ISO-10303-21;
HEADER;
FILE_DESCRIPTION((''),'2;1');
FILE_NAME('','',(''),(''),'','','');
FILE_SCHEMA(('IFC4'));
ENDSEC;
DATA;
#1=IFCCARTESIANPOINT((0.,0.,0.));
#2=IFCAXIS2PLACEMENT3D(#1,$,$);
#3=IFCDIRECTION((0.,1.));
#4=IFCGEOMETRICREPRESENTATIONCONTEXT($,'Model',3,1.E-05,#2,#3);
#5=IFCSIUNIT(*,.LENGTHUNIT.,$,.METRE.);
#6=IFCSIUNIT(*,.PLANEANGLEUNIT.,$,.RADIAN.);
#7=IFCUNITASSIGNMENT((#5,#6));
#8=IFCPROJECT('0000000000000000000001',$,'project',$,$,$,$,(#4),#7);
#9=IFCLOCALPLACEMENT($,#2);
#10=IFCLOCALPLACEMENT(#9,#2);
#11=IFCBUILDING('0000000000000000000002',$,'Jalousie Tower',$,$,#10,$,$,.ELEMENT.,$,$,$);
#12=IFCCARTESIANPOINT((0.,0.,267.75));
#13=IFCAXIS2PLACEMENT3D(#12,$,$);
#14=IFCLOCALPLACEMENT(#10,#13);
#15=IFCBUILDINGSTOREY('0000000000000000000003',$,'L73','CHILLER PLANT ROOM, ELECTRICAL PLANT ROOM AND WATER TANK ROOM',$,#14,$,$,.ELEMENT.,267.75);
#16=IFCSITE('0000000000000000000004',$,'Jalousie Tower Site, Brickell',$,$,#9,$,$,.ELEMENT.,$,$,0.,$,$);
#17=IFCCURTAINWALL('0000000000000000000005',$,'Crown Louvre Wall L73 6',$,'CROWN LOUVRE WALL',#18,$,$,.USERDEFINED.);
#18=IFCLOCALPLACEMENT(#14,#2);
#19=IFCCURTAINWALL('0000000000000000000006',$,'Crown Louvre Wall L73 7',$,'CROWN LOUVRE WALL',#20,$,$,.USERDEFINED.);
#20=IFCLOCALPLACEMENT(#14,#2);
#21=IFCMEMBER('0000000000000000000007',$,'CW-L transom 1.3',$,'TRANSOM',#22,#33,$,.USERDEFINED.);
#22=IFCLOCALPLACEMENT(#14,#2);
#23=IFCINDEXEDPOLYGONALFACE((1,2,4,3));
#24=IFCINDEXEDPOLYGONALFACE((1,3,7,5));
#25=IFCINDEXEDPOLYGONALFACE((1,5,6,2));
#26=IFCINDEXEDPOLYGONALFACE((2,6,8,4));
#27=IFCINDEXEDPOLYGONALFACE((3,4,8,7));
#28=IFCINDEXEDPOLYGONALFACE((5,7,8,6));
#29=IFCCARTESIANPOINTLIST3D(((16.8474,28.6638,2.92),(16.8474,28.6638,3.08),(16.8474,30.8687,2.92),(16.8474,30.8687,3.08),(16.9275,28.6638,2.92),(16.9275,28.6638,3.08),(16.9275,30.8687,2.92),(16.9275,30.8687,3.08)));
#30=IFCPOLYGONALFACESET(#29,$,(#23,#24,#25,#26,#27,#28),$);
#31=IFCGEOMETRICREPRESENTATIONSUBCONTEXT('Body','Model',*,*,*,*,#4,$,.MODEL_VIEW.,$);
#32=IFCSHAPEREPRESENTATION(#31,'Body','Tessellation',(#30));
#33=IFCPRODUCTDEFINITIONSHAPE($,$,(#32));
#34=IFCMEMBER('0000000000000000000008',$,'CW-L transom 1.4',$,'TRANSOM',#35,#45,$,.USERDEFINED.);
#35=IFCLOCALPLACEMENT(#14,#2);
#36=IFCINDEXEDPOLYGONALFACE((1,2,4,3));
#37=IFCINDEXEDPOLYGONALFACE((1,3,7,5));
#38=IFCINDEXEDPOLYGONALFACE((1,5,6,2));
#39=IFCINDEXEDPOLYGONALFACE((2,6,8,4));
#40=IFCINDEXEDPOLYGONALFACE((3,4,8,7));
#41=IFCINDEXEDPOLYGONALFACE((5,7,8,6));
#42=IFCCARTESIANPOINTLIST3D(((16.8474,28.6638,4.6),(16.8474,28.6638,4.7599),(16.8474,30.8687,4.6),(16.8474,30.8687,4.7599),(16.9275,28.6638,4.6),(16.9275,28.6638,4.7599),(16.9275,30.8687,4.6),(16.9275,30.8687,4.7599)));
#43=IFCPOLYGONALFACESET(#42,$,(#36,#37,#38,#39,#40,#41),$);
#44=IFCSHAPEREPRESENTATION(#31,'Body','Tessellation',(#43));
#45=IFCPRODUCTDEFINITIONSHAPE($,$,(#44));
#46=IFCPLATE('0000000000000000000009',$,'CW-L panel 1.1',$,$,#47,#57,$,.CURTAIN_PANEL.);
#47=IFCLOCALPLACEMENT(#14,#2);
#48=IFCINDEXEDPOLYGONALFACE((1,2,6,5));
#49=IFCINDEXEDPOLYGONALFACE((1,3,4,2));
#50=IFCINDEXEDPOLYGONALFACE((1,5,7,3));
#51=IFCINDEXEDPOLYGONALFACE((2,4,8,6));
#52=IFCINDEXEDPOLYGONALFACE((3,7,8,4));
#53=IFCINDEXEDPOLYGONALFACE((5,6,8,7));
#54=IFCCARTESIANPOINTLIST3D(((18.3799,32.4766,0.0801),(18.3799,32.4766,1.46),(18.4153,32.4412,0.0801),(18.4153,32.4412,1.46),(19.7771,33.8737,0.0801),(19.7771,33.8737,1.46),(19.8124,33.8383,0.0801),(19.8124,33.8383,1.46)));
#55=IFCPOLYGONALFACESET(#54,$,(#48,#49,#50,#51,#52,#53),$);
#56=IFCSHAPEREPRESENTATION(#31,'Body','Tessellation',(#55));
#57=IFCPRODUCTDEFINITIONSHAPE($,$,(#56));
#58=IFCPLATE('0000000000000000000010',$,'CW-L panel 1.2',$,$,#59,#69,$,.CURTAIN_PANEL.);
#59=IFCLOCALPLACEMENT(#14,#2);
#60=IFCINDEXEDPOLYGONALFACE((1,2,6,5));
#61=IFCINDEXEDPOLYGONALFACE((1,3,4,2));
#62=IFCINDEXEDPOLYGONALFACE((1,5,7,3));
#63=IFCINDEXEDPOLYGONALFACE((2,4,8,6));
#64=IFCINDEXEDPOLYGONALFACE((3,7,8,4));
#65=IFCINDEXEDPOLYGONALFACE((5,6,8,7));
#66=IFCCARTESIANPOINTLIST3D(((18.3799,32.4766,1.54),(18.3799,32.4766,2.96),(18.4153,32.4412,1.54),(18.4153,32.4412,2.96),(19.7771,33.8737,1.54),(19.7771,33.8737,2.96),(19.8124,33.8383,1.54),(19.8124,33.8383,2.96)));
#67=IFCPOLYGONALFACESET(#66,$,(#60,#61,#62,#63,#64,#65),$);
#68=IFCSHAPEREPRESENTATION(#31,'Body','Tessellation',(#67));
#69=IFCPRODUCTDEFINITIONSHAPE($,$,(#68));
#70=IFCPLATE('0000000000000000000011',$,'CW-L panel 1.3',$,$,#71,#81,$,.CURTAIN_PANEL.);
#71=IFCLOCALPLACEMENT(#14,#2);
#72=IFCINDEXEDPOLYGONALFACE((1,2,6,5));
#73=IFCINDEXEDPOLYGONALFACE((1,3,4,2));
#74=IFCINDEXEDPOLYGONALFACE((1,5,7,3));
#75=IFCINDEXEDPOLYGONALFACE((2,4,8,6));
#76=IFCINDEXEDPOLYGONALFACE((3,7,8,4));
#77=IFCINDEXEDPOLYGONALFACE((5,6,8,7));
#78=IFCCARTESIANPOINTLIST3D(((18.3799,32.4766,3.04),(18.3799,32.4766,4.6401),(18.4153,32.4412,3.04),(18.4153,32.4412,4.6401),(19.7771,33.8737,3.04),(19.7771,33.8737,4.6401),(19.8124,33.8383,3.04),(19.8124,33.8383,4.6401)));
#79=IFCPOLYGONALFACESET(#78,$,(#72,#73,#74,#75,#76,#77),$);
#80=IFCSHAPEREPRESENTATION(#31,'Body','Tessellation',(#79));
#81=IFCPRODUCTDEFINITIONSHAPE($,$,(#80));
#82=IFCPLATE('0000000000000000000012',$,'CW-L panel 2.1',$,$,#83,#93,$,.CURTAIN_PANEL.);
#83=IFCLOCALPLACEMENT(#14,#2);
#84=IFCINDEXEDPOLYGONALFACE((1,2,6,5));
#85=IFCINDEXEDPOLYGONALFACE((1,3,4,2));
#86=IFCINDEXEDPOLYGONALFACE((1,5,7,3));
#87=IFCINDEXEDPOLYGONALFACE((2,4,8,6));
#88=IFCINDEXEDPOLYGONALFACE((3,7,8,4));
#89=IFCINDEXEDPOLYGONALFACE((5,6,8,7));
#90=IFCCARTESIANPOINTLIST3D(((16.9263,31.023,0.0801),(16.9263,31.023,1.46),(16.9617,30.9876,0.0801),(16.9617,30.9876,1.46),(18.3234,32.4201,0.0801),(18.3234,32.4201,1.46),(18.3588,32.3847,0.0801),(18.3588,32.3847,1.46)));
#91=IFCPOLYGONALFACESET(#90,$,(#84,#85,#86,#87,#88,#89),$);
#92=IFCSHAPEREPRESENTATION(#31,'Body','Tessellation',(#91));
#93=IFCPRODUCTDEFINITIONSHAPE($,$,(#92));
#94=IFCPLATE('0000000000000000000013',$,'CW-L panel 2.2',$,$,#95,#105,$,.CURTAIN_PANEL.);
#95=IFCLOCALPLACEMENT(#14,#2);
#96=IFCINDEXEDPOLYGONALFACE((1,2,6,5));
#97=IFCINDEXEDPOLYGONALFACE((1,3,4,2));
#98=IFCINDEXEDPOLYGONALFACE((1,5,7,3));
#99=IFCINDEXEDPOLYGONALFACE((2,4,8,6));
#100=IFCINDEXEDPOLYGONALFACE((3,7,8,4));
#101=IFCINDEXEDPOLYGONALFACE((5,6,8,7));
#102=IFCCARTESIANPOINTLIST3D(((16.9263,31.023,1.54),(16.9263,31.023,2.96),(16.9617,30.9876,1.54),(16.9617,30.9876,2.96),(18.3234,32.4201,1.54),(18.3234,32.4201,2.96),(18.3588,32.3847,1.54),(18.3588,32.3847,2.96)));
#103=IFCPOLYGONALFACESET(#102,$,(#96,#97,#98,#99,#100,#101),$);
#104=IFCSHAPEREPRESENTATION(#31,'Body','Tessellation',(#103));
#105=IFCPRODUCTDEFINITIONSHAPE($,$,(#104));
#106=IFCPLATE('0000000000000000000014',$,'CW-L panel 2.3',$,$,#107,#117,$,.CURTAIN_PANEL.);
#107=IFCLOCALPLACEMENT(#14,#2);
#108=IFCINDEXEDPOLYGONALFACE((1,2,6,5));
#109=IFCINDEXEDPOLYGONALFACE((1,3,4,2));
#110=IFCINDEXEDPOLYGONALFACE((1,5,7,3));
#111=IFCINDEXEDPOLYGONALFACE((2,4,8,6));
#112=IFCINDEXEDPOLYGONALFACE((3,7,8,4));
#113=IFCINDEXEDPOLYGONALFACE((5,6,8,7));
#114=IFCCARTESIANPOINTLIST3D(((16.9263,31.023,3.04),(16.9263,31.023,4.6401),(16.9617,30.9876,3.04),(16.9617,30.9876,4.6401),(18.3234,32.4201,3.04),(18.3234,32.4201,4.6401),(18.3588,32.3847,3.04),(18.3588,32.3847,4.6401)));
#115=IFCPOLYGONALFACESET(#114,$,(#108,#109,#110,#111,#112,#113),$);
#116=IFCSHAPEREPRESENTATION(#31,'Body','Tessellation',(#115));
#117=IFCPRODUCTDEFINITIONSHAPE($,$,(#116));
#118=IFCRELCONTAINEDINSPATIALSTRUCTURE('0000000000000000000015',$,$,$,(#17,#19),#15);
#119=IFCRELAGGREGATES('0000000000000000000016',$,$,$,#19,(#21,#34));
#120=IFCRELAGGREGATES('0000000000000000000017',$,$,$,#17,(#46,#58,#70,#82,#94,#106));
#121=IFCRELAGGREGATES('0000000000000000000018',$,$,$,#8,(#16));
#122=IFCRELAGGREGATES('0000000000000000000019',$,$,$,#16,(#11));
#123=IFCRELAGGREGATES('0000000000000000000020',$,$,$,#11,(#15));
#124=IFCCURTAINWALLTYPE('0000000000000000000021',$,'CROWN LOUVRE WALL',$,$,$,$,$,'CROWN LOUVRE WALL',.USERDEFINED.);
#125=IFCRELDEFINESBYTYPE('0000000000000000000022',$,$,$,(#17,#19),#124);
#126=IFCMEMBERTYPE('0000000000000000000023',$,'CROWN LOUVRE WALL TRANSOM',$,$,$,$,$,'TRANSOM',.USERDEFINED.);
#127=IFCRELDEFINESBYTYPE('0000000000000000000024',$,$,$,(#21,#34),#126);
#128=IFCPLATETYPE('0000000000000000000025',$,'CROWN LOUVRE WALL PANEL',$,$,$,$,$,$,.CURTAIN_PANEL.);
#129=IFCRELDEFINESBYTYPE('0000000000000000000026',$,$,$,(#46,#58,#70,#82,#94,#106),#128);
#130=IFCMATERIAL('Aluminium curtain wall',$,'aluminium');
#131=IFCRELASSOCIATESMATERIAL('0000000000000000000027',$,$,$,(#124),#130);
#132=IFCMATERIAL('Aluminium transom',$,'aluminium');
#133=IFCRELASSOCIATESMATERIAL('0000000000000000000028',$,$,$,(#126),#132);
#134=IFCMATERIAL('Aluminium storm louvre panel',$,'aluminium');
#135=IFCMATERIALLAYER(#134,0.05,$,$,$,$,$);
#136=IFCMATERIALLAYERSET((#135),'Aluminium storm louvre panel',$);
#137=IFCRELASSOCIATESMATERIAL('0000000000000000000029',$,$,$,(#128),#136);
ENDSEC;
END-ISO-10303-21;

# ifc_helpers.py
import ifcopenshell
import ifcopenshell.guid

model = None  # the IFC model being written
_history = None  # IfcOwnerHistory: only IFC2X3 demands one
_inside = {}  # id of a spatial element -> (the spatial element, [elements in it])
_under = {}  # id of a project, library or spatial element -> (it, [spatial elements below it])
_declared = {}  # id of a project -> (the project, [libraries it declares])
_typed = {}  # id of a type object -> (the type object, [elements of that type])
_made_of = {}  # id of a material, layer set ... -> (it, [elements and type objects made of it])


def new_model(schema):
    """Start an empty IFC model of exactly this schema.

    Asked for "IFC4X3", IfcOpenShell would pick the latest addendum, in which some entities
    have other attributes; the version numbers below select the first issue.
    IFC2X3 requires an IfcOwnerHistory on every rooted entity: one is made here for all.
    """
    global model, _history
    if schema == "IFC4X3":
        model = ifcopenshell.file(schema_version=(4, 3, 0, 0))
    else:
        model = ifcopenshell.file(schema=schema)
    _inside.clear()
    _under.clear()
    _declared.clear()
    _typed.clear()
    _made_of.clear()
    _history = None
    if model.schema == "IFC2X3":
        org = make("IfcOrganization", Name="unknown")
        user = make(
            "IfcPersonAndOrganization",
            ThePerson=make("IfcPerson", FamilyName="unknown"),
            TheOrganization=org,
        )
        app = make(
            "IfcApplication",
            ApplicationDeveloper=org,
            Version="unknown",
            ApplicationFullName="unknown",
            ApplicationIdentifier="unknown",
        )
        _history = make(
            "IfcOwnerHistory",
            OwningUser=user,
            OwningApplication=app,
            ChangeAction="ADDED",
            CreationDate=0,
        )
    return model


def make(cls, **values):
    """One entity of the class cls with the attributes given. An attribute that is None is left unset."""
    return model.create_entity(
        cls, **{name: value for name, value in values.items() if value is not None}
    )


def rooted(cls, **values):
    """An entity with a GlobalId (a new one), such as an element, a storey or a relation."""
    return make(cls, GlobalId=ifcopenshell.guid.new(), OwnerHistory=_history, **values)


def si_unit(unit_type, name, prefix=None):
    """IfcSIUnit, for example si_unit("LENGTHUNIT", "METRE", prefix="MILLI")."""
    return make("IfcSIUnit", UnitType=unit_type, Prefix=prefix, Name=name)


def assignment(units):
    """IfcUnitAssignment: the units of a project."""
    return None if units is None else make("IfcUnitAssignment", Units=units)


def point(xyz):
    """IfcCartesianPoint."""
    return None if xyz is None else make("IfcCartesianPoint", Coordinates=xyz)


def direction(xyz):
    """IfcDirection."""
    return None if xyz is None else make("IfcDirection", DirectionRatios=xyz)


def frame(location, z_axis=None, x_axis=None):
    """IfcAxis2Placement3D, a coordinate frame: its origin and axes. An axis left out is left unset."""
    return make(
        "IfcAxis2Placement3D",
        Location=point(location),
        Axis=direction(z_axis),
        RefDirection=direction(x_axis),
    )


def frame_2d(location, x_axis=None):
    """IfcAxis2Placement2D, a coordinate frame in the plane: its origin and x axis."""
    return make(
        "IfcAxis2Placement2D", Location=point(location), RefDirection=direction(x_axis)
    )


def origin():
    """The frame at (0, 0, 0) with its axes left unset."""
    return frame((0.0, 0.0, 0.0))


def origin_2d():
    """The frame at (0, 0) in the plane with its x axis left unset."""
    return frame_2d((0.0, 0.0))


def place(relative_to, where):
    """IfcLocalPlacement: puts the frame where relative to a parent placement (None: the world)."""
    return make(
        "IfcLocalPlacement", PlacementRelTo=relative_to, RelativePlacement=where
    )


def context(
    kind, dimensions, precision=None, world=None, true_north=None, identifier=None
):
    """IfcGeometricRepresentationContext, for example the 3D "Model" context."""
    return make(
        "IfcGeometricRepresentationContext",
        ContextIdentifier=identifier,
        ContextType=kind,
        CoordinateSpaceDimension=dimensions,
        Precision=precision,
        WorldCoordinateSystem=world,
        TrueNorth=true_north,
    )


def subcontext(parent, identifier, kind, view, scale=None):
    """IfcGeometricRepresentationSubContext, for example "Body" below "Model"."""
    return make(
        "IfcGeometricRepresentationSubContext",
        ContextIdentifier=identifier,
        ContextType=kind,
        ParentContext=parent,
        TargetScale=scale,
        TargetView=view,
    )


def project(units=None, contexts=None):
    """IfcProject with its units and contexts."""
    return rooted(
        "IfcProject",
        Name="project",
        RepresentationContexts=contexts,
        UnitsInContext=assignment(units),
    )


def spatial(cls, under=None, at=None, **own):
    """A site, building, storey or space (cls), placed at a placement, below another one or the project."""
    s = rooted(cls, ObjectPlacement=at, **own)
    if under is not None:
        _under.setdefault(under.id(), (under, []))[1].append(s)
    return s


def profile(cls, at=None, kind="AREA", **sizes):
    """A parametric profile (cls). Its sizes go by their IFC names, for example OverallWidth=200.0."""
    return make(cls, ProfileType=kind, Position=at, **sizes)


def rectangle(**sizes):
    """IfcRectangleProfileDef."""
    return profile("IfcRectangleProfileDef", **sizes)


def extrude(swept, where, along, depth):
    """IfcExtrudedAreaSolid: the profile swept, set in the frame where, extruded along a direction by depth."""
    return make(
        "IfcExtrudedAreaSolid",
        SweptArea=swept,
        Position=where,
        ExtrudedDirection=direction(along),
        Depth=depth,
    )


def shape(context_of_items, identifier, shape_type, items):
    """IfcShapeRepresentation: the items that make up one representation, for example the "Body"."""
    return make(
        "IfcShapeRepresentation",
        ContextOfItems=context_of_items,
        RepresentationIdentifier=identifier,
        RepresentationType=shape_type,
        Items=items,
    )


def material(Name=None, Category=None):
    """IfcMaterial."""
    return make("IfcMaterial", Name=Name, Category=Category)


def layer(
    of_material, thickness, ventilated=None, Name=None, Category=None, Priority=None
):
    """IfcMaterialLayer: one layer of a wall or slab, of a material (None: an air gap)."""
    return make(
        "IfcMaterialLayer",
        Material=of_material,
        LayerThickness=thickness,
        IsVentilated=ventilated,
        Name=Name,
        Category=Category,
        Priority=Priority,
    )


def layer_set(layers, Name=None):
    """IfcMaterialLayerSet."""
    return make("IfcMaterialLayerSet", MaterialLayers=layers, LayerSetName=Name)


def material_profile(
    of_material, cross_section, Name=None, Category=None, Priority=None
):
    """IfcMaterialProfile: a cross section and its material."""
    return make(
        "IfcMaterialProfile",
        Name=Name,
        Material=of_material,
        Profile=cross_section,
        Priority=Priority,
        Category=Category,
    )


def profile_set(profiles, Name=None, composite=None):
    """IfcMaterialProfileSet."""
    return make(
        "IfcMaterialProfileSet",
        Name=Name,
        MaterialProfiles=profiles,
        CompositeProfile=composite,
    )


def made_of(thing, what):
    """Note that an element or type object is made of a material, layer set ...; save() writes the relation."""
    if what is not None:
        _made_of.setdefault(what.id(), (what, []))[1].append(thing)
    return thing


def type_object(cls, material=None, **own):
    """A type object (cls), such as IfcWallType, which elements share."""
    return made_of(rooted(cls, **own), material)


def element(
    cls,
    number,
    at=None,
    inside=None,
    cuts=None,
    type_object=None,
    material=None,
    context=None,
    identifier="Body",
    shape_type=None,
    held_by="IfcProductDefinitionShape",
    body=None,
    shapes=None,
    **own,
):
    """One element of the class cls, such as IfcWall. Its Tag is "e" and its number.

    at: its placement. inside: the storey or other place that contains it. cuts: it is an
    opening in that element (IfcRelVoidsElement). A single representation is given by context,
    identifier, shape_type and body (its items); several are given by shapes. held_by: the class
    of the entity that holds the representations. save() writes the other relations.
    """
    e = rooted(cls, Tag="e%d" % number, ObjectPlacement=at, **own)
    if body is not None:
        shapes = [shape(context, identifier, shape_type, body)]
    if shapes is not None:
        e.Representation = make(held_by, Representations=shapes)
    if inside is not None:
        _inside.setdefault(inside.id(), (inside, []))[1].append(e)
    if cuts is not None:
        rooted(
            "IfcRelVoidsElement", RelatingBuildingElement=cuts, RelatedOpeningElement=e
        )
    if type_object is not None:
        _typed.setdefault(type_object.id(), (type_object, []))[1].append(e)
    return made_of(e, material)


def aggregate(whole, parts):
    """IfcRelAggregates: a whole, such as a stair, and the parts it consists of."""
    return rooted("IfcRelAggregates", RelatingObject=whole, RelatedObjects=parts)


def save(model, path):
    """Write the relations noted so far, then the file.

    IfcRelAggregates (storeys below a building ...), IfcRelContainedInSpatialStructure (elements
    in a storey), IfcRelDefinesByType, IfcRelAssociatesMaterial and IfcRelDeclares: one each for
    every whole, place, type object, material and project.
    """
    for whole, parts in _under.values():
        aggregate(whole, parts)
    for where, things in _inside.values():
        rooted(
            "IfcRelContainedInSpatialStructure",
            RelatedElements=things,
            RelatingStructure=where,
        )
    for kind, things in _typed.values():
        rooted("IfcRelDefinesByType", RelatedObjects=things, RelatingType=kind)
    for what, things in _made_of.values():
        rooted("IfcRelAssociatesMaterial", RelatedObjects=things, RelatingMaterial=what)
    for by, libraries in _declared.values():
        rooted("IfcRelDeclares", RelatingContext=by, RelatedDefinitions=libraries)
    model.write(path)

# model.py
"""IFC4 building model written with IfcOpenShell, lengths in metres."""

from ifc_helpers import new_model, si_unit, direction, frame, origin, origin_2d, place, context, subcontext, project, spatial, rectangle, extrude, material, layer, layer_set, material_profile, profile_set, type_object, element, aggregate, save


model = new_model("IFC4")

# Units and contexts
model_context = context("Model", 3, precision=1e-05, world=origin(), true_north=direction((0.0, 1.0)))
body_context = subcontext(model_context, "Body", "Model", "MODEL_VIEW")
ifc_project = project(units=[si_unit("LENGTHUNIT", "METRE"), si_unit("PLANEANGLEUNIT", "RADIAN")], contexts=[model_context])

# Site, building, storey
site_placement = place(None, origin())
site = spatial("IfcSite", under=ifc_project, at=site_placement, Name="Jalousie Tower Site, Brickell", CompositionType="ELEMENT", RefElevation=0.0)
building_placement = place(site_placement, origin())
building = spatial("IfcBuilding", under=site, at=building_placement, Name="Jalousie Tower", CompositionType="ELEMENT")
storey_placement = place(building_placement, frame((0.0, 0.0, 267.75)))
storey = spatial("IfcBuildingStorey", under=building, at=storey_placement, Name="L73", Description="CHILLER PLANT ROOM, ELECTRICAL PLANT ROOM AND WATER TANK ROOM", CompositionType="ELEMENT", Elevation=267.75)

# Shared definitions
ifc_material_1 = material(Name="Aluminium curtain wall", Category="aluminium")
curtain_wall_type = type_object("IfcCurtainWallType", Name="CROWN LOUVRE WALL", ElementType="CROWN LOUVRE WALL", PredefinedType="USERDEFINED", material=ifc_material_1)

# Curtain wall
curtain_wall_1_placement = place(storey_placement, origin())
curtain_wall_1 = element("IfcCurtainWall", 1, at=curtain_wall_1_placement, inside=storey, type_object=curtain_wall_type, Name="Crown Louvre Wall L73 6", ObjectType="CROWN LOUVRE WALL", PredefinedType="USERDEFINED")

# Curtain wall
curtain_wall_2_placement = place(storey_placement, origin())
curtain_wall_2 = element("IfcCurtainWall", 2, at=curtain_wall_2_placement, inside=storey, type_object=curtain_wall_type, Name="Crown Louvre Wall L73 7", ObjectType="CROWN LOUVRE WALL", PredefinedType="USERDEFINED")

# Members
ifc_material_2 = material(Name="Aluminium transom", Category="aluminium")
ifc_material_profile_1 = material_profile(ifc_material_2, rectangle(XDim=0.0801, YDim=0.1599, at=origin_2d()), Name="TRANSOM 80x160")
ifc_profile_set_1 = profile_set([ifc_material_profile_1], Name="Aluminium transom")
member_type_1 = type_object("IfcMemberType", Name="CROWN LOUVRE WALL TRANSOM", ElementType="TRANSOM", PredefinedType="USERDEFINED", material=ifc_profile_set_1)
member_1_placement = place(storey_placement, frame((16.8875, 30.8687, 3.0), z_axis=(0.0, -1.0, 0.0), x_axis=(1.0, 0.0, 0.0)))
member_1 = element("IfcMember", 3, at=member_1_placement, type_object=member_type_1, Name="CW-L transom 1.3", ObjectType="TRANSOM", PredefinedType="USERDEFINED", context=body_context, shape_type="SweptSolid", body=[
    extrude(rectangle(XDim=0.0801, YDim=0.1599, at=origin_2d()), origin(), (0.0, 0.0, 1.0), 2.2048),
])
member_2_placement = place(storey_placement, frame((16.8875, 30.8687, 4.6799), z_axis=(0.0, -1.0, 0.0), x_axis=(1.0, 0.0, 0.0)))
member_2 = element("IfcMember", 4, at=member_2_placement, type_object=member_type_1, Name="CW-L transom 1.4", ObjectType="TRANSOM", PredefinedType="USERDEFINED", context=body_context, shape_type="SweptSolid", body=[
    extrude(rectangle(XDim=0.0801, YDim=0.1599, at=origin_2d()), origin(), (0.0, 0.0, 1.0), 2.2048),
])
aggregate(curtain_wall_2, [member_1, member_2])

# Plates
ifc_material_3 = material(Name="Aluminium storm louvre panel", Category="aluminium")
ifc_layer = layer(ifc_material_3, 0.05)
ifc_layer_set = layer_set([ifc_layer], Name="Aluminium storm louvre panel")
plate_type = type_object("IfcPlateType", Name="CROWN LOUVRE WALL PANEL", PredefinedType="CURTAIN_PANEL", material=ifc_layer_set)
plate_1_placement = place(storey_placement, frame((19.0962, 33.1575, 0.0801), z_axis=(0.0, 0.0, 1.0), x_axis=(-0.707107, -0.707107, 0.0)))
plate_1 = element("IfcPlate", 5, at=plate_1_placement, type_object=plate_type, Name="CW-L panel 1.1", PredefinedType="CURTAIN_PANEL", context=body_context, shape_type="SweptSolid", body=[
    extrude(rectangle(XDim=1.9758, YDim=0.05, at=origin_2d()), origin(), (0.0, 0.0, 1.0), 1.3799),
])
plate_2_placement = place(storey_placement, frame((19.0962, 33.1575, 1.54), z_axis=(0.0, 0.0, 1.0), x_axis=(-0.707107, -0.707107, 0.0)))
plate_2 = element("IfcPlate", 6, at=plate_2_placement, type_object=plate_type, Name="CW-L panel 1.2", PredefinedType="CURTAIN_PANEL", context=body_context, shape_type="SweptSolid", body=[
    extrude(rectangle(XDim=1.9758, YDim=0.05, at=origin_2d()), origin(), (0.0, 0.0, 1.0), 1.4199),
])
plate_3_placement = place(storey_placement, frame((19.0962, 33.1575, 3.04), z_axis=(0.0, 0.0, 1.0), x_axis=(-0.707107, -0.707107, 0.0)))
plate_3 = element("IfcPlate", 7, at=plate_3_placement, type_object=plate_type, Name="CW-L panel 1.3", PredefinedType="CURTAIN_PANEL", context=body_context, shape_type="SweptSolid", body=[
    extrude(rectangle(XDim=1.9758, YDim=0.05, at=origin_2d()), origin(), (0.0, 0.0, 1.0), 1.6001),
])
plate_4_placement = place(storey_placement, frame((17.6426, 31.7039, 0.0801), z_axis=(0.0, 0.0, 1.0), x_axis=(-0.707107, -0.707107, 0.0)))
plate_4 = element("IfcPlate", 8, at=plate_4_placement, type_object=plate_type, Name="CW-L panel 2.1", PredefinedType="CURTAIN_PANEL", context=body_context, shape_type="SweptSolid", body=[
    extrude(rectangle(XDim=1.9758, YDim=0.05, at=origin_2d()), origin(), (0.0, 0.0, 1.0), 1.3799),
])
plate_5_placement = place(storey_placement, frame((17.6426, 31.7039, 1.54), z_axis=(0.0, 0.0, 1.0), x_axis=(-0.707107, -0.707107, 0.0)))
plate_5 = element("IfcPlate", 9, at=plate_5_placement, type_object=plate_type, Name="CW-L panel 2.2", PredefinedType="CURTAIN_PANEL", context=body_context, shape_type="SweptSolid", body=[
    extrude(rectangle(XDim=1.9758, YDim=0.05, at=origin_2d()), origin(), (0.0, 0.0, 1.0), 1.4199),
])
plate_6_placement = place(storey_placement, frame((17.6426, 31.7039, 3.04), z_axis=(0.0, 0.0, 1.0), x_axis=(-0.707107, -0.707107, 0.0)))
plate_6 = element("IfcPlate", 10, at=plate_6_placement, type_object=plate_type, Name="CW-L panel 2.3", PredefinedType="CURTAIN_PANEL", context=body_context, shape_type="SweptSolid", body=[
    extrude(rectangle(XDim=1.9758, YDim=0.05, at=origin_2d()), origin(), (0.0, 0.0, 1.0), 1.6001),
])
aggregate(curtain_wall_1, [plate_1, plate_2, plate_3, plate_4, plate_5, plate_6])

save(model, "model.ifc")
